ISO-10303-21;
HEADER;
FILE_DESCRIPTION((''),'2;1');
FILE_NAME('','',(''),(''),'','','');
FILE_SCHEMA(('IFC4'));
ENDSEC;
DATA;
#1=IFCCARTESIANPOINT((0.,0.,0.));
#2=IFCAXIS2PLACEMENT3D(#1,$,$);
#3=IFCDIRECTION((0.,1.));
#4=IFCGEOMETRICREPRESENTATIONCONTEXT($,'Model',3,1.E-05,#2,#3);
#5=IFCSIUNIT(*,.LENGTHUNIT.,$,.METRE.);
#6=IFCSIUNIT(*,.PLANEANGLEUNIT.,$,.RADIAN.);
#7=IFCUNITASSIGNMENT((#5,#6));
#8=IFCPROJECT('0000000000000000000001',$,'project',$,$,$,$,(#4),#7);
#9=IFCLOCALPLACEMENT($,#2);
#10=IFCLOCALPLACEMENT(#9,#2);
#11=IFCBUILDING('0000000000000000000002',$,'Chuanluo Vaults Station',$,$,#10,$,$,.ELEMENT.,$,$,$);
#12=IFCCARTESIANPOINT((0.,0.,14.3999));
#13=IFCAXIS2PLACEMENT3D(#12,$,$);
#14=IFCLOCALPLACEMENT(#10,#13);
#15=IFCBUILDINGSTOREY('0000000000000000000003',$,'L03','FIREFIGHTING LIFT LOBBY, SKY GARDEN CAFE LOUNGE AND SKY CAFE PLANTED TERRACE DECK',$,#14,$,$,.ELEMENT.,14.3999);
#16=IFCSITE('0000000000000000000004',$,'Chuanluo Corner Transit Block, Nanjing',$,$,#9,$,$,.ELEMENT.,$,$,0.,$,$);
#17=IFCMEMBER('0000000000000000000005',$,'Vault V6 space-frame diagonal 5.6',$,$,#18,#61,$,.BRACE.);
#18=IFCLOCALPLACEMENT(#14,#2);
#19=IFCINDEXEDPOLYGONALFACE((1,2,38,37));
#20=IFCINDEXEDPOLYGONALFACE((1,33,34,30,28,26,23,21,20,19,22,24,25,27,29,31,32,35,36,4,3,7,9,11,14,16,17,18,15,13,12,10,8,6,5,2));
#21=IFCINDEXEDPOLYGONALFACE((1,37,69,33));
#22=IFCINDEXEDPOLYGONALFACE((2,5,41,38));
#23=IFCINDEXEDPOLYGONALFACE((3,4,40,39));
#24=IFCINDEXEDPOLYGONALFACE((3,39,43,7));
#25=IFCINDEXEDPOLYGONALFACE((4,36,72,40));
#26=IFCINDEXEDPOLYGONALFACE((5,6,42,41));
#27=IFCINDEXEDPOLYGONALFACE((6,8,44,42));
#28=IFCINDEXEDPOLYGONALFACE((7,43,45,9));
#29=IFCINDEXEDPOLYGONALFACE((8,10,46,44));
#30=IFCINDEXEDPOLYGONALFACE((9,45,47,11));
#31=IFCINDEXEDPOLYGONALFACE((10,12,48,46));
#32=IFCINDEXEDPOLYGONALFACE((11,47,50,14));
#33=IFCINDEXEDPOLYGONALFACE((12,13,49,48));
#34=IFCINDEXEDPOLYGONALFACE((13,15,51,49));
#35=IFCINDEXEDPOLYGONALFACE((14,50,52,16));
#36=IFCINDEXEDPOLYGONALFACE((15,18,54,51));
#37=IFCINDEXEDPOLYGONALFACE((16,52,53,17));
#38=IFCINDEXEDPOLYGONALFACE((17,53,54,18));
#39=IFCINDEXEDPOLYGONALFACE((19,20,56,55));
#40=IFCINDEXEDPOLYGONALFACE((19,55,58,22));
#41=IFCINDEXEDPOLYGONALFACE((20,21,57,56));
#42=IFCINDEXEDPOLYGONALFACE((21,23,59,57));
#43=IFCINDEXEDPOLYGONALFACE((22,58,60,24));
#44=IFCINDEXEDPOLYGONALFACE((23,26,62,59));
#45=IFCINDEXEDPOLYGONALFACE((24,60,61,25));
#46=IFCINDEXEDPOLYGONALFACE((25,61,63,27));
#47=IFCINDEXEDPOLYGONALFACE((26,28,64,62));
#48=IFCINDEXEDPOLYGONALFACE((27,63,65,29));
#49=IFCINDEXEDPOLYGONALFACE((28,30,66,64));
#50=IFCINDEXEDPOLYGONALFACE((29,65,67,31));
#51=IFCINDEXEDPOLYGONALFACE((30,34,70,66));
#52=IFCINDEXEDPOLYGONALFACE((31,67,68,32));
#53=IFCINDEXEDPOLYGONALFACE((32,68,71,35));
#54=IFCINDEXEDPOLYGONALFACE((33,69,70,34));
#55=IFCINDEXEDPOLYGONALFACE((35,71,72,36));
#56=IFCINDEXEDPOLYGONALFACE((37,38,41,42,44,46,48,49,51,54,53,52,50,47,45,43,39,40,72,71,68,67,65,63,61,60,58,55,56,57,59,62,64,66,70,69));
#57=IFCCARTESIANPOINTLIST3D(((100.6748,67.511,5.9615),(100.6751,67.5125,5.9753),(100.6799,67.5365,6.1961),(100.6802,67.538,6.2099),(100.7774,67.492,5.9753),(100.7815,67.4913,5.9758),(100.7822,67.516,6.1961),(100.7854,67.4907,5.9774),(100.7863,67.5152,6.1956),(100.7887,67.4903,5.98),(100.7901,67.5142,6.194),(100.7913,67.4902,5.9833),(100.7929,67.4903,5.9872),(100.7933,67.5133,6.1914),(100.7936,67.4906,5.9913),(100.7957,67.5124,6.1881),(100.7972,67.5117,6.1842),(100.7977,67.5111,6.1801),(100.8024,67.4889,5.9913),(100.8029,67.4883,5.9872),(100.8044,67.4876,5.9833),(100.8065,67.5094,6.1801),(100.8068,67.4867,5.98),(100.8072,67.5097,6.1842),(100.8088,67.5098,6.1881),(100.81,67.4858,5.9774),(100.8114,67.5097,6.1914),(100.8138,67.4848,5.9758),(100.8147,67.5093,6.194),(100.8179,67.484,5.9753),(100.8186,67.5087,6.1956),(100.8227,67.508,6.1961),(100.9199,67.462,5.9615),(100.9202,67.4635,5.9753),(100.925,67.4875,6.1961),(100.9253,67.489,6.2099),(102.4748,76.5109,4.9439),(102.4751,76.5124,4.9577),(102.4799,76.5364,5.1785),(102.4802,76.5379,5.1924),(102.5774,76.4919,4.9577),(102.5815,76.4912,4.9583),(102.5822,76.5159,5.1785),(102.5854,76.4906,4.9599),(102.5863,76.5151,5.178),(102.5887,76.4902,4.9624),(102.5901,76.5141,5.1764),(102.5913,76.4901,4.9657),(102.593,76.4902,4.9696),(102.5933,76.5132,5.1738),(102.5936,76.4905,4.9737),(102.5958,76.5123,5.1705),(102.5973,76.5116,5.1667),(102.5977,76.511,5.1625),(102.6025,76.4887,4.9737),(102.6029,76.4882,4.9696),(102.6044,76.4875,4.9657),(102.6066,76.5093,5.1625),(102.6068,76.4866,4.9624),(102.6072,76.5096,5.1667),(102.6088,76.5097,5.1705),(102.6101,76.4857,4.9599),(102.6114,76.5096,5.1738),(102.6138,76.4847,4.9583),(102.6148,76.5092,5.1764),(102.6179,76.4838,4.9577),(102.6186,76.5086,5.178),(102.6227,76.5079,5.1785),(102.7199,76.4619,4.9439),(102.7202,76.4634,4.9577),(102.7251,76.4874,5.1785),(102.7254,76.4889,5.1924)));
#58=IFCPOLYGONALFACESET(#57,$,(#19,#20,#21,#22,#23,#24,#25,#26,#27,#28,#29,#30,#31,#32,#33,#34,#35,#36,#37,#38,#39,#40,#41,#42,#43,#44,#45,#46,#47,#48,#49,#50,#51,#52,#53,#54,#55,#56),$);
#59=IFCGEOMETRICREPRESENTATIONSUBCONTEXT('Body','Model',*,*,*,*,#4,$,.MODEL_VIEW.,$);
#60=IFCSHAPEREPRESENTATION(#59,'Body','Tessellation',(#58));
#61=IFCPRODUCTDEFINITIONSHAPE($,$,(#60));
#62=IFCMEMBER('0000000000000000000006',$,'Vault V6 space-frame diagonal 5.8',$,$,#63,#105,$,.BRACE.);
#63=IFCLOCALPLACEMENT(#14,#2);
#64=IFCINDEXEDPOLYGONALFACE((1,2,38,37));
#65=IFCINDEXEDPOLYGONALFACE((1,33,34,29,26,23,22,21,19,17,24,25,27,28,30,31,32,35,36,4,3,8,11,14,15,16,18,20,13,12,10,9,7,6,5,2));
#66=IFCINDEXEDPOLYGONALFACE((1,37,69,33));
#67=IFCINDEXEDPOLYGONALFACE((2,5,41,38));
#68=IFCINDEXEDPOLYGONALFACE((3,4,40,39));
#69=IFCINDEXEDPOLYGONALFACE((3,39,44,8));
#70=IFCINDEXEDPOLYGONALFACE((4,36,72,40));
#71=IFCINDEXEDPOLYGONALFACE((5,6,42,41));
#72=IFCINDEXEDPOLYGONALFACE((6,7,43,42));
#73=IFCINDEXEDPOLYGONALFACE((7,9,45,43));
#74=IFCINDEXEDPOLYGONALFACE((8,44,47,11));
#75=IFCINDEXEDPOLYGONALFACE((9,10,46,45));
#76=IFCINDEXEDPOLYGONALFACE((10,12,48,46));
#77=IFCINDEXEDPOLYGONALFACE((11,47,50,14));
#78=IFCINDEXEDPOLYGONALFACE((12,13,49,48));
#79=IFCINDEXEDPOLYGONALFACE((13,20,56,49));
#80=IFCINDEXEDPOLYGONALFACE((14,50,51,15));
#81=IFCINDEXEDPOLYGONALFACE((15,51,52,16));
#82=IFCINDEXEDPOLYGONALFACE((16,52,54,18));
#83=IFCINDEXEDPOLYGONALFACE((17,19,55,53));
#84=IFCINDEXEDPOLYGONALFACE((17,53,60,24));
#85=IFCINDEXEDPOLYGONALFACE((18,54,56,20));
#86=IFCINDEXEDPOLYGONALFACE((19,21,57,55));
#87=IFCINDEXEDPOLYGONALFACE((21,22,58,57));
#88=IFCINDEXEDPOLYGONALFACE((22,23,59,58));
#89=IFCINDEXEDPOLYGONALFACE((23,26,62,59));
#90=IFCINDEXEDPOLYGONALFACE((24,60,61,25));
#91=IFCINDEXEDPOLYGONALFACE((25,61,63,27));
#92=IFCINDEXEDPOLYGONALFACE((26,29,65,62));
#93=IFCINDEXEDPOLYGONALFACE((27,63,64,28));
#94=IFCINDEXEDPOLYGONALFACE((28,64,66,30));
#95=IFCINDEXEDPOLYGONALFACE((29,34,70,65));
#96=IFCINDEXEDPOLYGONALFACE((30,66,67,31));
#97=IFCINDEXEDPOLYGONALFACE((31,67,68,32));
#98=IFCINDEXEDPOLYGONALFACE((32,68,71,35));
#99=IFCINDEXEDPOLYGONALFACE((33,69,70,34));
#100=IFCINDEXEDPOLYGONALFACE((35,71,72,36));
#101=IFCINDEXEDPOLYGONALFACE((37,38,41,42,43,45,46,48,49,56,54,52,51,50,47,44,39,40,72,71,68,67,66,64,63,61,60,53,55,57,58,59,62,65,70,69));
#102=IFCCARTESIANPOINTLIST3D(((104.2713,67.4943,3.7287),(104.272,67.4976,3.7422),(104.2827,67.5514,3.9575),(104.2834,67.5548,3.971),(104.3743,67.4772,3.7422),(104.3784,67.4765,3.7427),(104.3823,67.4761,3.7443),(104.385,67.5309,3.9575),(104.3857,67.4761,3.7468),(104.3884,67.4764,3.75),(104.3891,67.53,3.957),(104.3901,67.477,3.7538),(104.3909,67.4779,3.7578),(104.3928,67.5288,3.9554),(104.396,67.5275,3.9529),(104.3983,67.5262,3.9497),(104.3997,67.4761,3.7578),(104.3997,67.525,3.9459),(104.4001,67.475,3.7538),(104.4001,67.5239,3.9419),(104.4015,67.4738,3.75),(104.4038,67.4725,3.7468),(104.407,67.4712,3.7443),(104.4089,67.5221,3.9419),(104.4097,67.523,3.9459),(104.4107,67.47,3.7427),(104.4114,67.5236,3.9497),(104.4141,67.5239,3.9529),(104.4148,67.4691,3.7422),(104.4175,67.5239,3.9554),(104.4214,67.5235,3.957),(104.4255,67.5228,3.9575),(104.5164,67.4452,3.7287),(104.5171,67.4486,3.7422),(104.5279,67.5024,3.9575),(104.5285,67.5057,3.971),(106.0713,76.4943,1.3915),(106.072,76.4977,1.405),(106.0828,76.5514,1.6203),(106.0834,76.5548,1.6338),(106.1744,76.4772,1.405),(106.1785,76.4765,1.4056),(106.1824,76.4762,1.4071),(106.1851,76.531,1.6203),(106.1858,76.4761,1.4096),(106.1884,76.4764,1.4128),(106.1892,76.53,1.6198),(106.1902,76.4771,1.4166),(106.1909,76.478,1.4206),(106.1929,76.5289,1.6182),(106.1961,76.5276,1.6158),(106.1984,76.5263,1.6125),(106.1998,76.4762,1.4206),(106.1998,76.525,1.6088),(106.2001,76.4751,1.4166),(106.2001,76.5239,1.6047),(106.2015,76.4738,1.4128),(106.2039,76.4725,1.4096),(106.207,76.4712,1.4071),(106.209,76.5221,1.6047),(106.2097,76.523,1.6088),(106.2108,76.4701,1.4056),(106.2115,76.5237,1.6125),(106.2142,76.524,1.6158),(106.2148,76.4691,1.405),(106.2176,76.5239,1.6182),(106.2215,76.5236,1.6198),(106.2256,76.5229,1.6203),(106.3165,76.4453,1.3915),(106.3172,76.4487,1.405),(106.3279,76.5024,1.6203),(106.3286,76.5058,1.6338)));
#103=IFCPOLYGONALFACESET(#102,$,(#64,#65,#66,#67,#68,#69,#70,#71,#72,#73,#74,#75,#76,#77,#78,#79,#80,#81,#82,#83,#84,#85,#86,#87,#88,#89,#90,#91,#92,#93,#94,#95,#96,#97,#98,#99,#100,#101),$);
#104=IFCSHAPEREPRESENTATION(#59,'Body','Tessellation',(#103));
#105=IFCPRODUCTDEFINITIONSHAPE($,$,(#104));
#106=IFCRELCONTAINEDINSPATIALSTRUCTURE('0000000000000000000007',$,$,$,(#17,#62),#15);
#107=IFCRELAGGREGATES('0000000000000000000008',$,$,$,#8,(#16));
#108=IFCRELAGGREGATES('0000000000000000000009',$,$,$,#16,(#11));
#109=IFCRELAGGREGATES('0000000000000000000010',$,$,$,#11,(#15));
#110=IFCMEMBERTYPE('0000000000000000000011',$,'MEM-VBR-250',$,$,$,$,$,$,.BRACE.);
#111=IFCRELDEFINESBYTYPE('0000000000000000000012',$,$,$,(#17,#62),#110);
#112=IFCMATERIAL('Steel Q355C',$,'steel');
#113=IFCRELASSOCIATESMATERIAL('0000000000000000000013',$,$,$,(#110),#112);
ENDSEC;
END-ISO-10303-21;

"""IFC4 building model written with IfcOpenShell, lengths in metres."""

from ifc_helpers import new_model, si_unit, direction, frame, origin, origin_2d, place, context, subcontext, project, spatial, i_section, extrude, material, material_profile, profile_set, type_object, element, save


model = new_model("IFC4")

# Units and contexts
model_context = context("Model", 3, precision=1e-05, world=origin(), true_north=direction((0.0, 1.0)))
body_context = subcontext(model_context, "Body", "Model", "MODEL_VIEW")
ifc_project = project(units=[si_unit("LENGTHUNIT", "METRE"), si_unit("PLANEANGLEUNIT", "RADIAN")], contexts=[model_context])

# Site, building, storey
site_placement = place(None, origin())
site = spatial("IfcSite", under=ifc_project, at=site_placement, Name="Chuanluo Corner Transit Block, Nanjing", CompositionType="ELEMENT", RefElevation=0.0)
building_placement = place(site_placement, origin())
building = spatial("IfcBuilding", under=site, at=building_placement, Name="Chuanluo Vaults Station", CompositionType="ELEMENT")
storey_placement = place(building_placement, frame((0.0, 0.0, 14.3999)))
storey = spatial("IfcBuildingStorey", under=building, at=storey_placement, Name="L03", Description="FIREFIGHTING LIFT LOBBY, SKY GARDEN CAFE LOUNGE AND SKY CAFE PLANTED TERRACE DECK", CompositionType="ELEMENT", Elevation=14.3999)

# Members
ifc_material_1 = material(Name="Steel Q355C", Category="steel")
ifc_material_profile_1 = material_profile(ifc_material_1, i_section(OverallWidth=0.25, OverallDepth=0.25, WebThickness=0.009, FlangeThickness=0.0139, FilletRadius=0.0161, at=origin_2d()))
ifc_profile_set_1 = profile_set([ifc_material_profile_1], Name="Steel Q355C")
member_type_1 = type_object("IfcMemberType", Name="MEM-VBR-250", PredefinedType="BRACE", material=ifc_profile_set_1)
member_1_placement = place(storey_placement, frame((100.8, 67.5, 6.0857), z_axis=(0.194927, 0.974608, -0.110193), x_axis=(-0.98058, 0.196121, 0.0)))
element("IfcMember", 1, at=member_1_placement, inside=storey, type_object=member_type_1, Name="Vault V6 space-frame diagonal 5.6", PredefinedType="BRACE", context=body_context, shape_type="SweptSolid", body=[
    extrude(i_section(OverallWidth=0.25, OverallDepth=0.25, WebThickness=0.009, FlangeThickness=0.0139, FilletRadius=0.0161, at=origin_2d()), origin(), (0.0, 0.0, 1.0), 9.2344),
])
member_2_placement = place(storey_placement, frame((104.3999, 67.5, 3.8499), z_axis=(0.190056, 0.950255, -0.246766), x_axis=(-0.98058, 0.196121, 0.0)))
element("IfcMember", 2, at=member_2_placement, inside=storey, type_object=member_type_1, Name="Vault V6 space-frame diagonal 5.8", PredefinedType="BRACE", context=body_context, shape_type="SweptSolid", body=[
    extrude(i_section(OverallWidth=0.25, OverallDepth=0.25, WebThickness=0.009, FlangeThickness=0.0139, FilletRadius=0.0161, at=origin_2d()), origin(), (0.0, 0.0, 1.0), 9.4712),
])

save(model, "model.ifc")
